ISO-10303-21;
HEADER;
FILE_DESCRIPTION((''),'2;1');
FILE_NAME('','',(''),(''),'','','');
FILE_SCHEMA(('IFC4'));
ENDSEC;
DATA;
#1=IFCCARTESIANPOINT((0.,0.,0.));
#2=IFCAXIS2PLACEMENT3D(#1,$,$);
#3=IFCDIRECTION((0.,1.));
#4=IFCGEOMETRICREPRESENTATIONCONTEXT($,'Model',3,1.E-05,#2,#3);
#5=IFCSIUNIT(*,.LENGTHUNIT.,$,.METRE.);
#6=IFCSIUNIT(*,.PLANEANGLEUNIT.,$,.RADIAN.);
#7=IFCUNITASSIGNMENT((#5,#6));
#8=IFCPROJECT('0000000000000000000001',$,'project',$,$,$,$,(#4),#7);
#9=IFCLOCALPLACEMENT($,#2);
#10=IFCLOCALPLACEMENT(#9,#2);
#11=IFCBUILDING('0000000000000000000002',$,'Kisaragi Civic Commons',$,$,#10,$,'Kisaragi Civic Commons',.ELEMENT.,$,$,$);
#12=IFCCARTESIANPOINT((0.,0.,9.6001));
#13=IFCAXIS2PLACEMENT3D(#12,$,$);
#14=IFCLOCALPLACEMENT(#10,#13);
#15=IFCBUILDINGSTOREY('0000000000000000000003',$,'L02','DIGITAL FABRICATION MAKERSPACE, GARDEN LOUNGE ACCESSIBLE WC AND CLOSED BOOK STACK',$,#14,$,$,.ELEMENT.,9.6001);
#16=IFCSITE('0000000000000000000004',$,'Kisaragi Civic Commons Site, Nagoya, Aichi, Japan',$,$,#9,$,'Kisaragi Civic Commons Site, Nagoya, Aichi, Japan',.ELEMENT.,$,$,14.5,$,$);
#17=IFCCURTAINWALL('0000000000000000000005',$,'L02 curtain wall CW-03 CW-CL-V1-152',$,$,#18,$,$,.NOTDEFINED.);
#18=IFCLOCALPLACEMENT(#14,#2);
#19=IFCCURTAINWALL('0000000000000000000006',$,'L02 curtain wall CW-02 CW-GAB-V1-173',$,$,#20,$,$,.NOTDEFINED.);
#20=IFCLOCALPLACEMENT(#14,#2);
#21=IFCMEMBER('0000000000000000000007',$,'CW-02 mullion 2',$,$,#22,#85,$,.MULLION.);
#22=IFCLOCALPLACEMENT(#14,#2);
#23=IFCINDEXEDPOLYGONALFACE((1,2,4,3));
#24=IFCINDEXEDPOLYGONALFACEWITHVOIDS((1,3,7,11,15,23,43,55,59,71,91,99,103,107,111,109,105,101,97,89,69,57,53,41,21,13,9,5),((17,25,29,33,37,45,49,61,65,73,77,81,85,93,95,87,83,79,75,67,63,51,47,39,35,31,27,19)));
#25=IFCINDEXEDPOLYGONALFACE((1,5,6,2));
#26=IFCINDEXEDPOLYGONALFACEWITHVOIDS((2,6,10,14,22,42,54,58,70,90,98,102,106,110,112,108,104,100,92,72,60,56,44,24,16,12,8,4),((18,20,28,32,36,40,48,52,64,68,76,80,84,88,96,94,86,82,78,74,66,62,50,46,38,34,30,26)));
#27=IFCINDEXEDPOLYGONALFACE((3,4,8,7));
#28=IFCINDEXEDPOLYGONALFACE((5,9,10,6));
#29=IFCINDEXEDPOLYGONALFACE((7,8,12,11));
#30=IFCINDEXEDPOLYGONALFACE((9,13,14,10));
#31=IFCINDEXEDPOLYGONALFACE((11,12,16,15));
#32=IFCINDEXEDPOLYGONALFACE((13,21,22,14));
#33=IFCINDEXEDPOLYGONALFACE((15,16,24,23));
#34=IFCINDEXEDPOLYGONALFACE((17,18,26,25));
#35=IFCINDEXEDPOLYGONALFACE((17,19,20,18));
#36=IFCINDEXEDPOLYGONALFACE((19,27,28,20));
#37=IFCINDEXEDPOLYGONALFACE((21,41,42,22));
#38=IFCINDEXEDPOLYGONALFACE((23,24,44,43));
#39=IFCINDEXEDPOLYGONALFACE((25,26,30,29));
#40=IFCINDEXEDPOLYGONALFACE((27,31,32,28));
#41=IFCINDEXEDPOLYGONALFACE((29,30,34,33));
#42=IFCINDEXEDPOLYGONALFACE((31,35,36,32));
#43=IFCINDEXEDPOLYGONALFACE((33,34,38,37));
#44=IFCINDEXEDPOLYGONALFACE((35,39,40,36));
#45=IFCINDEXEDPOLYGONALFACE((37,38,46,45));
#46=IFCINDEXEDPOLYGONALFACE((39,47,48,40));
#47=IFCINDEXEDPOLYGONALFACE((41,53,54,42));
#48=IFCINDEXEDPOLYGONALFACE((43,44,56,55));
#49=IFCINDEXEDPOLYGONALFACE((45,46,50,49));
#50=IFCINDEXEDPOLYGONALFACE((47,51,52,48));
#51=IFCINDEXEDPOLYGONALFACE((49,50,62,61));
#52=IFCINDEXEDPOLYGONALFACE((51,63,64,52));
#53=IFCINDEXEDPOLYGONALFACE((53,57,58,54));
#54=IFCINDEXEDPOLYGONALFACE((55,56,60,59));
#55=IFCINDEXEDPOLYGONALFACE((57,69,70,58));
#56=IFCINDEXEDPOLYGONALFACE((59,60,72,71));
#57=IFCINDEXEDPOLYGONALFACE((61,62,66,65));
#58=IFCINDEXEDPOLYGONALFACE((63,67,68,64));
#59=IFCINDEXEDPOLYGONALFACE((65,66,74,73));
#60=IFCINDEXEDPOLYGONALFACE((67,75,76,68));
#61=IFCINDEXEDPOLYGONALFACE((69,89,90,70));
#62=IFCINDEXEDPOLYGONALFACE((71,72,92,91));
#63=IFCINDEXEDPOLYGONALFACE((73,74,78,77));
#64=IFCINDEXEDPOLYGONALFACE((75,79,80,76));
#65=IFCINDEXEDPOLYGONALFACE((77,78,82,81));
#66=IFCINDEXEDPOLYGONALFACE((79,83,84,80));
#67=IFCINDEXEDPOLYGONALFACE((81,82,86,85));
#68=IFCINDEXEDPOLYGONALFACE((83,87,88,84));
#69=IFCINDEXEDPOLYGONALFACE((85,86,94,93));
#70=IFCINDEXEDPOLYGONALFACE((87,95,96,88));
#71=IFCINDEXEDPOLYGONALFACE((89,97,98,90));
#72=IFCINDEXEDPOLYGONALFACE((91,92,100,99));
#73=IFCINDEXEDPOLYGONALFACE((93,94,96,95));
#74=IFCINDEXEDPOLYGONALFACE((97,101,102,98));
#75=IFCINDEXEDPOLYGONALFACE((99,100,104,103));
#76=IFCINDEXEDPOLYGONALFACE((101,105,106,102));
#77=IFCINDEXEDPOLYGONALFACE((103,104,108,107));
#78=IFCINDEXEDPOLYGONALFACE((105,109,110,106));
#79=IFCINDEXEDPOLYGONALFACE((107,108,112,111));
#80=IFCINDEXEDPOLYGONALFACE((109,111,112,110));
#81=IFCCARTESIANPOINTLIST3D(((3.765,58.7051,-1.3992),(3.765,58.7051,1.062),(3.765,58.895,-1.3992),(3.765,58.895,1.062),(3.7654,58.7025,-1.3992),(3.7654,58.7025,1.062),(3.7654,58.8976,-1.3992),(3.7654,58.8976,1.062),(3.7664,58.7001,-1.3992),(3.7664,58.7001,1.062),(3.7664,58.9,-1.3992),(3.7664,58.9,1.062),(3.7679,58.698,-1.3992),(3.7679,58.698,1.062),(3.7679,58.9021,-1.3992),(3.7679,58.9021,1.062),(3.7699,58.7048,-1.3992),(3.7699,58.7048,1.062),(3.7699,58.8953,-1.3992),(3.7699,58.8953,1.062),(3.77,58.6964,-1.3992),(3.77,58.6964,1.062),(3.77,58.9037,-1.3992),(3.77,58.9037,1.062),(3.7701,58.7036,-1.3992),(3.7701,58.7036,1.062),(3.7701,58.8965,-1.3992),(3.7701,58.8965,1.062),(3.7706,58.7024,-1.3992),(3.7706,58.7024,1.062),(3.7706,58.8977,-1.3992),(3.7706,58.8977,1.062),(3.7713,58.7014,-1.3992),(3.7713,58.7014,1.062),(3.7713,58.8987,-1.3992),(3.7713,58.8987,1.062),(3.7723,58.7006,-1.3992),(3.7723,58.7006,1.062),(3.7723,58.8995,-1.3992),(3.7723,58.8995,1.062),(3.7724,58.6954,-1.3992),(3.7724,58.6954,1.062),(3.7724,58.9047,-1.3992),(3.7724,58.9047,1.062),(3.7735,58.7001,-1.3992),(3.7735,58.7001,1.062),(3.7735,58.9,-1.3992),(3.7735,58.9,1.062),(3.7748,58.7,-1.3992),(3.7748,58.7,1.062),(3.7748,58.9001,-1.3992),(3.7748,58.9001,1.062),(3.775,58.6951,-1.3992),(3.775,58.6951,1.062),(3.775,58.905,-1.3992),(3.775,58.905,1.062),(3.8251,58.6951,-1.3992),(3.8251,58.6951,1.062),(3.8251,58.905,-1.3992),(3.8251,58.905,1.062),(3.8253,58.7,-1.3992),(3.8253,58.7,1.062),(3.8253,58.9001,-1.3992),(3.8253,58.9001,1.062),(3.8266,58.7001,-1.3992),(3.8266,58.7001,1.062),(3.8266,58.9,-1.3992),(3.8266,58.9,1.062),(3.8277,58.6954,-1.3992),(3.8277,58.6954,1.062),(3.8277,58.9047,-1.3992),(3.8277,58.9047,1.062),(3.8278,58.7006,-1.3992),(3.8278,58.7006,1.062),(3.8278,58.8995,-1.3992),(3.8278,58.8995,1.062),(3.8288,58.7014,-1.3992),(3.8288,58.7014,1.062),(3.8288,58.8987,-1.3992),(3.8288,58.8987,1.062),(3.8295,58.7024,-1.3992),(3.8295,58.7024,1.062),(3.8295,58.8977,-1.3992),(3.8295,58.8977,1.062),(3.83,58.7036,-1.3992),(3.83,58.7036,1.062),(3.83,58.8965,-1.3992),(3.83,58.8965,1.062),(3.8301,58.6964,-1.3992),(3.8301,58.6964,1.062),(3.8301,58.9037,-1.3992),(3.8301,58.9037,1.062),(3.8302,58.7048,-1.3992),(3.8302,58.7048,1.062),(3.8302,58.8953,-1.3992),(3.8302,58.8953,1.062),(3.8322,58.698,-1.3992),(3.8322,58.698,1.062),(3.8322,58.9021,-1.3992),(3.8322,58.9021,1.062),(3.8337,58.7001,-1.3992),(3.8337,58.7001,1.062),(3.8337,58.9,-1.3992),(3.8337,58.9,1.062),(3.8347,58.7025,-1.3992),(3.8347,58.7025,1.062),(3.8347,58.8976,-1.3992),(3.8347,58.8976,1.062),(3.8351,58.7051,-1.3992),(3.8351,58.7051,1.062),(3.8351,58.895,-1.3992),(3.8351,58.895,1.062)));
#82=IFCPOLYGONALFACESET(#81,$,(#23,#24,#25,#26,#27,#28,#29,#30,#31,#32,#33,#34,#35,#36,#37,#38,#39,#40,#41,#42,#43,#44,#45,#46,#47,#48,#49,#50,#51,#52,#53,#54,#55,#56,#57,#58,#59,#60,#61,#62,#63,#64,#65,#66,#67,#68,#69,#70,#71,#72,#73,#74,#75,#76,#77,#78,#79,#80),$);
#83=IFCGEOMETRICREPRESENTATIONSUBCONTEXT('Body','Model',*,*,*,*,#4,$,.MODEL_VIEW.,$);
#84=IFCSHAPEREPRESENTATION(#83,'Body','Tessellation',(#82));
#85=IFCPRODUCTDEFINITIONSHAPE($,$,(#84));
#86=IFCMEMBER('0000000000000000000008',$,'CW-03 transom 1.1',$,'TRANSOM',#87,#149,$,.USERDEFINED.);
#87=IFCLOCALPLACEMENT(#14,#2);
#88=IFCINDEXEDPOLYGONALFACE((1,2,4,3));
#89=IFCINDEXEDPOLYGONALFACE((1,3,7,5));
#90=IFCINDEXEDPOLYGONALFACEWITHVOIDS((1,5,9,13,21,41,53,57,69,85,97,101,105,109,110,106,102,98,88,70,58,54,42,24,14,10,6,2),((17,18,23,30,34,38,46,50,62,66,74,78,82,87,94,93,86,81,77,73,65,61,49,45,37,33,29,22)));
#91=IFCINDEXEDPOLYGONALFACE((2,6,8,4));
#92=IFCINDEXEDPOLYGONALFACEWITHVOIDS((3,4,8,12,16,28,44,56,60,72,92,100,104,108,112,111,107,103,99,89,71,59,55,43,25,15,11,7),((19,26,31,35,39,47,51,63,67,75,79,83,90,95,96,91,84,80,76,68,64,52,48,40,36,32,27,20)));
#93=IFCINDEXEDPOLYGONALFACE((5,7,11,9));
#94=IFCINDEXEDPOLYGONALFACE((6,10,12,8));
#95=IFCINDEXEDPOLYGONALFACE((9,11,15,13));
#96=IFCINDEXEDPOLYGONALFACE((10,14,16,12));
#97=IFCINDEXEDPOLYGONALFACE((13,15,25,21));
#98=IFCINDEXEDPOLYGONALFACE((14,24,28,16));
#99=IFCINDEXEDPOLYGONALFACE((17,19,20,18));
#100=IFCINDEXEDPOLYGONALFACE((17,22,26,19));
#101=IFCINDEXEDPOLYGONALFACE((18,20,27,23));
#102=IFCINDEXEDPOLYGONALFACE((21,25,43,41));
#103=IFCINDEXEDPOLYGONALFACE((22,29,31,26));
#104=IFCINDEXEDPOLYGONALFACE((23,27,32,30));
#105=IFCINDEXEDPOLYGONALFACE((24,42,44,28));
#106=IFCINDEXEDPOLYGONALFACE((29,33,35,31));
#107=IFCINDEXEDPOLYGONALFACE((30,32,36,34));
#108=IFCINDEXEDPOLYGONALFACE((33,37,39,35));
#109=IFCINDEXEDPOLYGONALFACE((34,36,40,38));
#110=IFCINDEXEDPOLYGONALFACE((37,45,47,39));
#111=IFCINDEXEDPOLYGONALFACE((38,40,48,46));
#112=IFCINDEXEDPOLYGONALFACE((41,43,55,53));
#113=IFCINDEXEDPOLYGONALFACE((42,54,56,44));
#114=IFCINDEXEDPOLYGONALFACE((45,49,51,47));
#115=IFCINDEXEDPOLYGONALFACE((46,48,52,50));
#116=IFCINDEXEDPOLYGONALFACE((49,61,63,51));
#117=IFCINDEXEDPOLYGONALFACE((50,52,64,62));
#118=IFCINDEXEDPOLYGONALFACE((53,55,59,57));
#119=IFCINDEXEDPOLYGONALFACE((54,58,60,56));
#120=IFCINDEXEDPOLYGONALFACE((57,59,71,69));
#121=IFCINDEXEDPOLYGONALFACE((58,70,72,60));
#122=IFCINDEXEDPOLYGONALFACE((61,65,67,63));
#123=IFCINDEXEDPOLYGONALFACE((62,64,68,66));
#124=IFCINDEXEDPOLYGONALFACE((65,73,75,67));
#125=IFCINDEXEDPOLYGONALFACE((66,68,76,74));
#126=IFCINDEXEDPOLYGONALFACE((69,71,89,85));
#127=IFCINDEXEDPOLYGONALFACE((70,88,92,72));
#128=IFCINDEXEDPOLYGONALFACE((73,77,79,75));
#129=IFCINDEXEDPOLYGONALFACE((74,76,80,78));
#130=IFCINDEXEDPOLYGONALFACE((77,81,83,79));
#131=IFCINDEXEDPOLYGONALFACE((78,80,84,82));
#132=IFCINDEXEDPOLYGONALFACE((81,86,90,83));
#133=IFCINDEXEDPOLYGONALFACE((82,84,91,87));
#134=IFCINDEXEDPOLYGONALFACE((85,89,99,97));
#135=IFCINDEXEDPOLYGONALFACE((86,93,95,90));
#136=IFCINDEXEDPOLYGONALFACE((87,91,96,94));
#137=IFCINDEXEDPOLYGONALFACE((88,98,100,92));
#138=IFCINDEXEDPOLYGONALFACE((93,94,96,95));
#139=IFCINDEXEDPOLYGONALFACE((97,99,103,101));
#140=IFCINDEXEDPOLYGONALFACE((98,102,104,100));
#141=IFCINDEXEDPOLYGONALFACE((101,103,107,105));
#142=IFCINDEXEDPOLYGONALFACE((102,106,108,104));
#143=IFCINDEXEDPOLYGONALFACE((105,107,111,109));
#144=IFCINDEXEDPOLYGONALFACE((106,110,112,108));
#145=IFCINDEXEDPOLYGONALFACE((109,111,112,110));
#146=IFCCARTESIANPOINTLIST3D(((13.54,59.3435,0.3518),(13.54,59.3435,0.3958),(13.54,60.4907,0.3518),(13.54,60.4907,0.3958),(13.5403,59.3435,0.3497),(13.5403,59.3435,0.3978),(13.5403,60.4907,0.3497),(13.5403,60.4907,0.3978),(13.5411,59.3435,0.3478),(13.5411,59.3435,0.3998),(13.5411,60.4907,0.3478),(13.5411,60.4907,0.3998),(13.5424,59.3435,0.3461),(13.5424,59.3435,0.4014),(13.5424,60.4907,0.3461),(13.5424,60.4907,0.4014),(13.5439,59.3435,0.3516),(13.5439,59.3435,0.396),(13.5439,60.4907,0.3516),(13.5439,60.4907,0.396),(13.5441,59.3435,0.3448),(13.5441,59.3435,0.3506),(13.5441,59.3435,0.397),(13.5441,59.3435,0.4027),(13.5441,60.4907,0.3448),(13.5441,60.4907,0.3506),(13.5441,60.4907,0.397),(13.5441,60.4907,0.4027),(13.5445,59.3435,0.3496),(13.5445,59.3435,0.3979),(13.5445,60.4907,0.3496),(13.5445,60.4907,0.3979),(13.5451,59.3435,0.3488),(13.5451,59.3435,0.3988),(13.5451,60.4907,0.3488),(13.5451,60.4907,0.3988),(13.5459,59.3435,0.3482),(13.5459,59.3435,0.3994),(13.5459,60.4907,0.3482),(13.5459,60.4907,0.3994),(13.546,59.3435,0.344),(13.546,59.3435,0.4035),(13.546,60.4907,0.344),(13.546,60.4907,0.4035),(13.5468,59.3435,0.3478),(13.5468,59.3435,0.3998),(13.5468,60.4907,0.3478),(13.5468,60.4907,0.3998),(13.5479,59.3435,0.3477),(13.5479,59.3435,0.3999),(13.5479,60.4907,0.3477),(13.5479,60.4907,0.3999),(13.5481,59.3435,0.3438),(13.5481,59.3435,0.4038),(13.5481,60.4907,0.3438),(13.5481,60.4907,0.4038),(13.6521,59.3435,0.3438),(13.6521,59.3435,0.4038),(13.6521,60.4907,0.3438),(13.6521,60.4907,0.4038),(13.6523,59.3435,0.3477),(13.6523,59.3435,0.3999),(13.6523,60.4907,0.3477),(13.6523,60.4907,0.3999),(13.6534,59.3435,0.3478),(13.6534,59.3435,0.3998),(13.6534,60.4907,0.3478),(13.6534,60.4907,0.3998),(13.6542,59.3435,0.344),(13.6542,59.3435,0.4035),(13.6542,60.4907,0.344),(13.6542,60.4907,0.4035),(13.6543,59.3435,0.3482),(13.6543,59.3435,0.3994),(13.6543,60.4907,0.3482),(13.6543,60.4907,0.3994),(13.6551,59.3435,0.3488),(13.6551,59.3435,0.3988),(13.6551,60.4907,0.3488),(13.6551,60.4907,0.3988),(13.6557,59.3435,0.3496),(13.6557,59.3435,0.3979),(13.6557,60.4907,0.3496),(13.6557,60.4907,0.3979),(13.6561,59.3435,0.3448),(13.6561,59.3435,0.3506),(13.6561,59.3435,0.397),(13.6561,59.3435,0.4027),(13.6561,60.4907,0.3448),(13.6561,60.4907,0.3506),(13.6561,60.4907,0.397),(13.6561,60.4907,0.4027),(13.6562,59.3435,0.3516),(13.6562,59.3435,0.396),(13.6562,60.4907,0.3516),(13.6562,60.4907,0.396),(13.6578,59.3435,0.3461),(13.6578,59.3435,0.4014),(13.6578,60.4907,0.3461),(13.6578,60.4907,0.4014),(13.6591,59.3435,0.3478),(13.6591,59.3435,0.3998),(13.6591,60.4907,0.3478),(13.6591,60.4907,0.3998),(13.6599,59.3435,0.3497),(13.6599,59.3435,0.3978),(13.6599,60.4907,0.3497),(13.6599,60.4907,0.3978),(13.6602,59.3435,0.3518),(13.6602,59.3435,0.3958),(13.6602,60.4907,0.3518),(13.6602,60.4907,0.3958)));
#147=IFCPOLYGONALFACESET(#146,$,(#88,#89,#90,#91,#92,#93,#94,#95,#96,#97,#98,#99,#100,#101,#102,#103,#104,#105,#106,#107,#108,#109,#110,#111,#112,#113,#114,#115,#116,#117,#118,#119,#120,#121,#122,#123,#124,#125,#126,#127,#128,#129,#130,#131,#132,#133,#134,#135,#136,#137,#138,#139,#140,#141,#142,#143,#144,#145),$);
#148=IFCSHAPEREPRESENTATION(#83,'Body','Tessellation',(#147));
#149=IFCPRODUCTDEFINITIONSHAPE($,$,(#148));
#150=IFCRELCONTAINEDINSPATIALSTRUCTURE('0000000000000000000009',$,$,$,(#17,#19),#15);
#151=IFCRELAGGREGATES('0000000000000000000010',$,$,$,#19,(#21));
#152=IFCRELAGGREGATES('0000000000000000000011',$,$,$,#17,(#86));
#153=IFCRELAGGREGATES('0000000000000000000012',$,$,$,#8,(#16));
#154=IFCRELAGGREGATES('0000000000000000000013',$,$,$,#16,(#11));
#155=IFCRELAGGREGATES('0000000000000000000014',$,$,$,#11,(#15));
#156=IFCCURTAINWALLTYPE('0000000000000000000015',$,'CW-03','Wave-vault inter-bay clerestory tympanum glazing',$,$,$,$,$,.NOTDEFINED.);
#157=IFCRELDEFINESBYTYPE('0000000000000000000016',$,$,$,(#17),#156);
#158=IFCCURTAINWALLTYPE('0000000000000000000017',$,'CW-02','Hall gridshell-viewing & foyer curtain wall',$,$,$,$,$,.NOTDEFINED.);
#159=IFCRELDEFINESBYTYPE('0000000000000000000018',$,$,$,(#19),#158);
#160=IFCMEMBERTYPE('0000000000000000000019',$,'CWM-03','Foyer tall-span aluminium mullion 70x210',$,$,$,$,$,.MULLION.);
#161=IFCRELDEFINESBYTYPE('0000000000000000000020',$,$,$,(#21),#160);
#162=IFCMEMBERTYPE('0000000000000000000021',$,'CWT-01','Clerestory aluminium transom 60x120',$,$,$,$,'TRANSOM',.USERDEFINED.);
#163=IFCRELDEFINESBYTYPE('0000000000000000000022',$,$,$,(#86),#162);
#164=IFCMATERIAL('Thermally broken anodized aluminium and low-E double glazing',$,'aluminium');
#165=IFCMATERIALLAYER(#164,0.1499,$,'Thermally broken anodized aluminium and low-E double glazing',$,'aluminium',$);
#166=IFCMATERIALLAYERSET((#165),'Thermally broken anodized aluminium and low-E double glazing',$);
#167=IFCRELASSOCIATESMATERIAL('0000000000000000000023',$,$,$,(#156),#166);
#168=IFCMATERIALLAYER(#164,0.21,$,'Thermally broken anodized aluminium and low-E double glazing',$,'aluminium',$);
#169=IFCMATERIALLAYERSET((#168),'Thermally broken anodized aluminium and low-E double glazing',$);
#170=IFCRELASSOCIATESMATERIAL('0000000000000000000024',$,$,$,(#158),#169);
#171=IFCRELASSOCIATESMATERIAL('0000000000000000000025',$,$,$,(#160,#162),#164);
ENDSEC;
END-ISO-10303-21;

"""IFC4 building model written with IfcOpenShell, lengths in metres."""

from ifc_helpers import new_model, si_unit, direction, frame, origin, origin_2d, place, context, subcontext, project, spatial, hollow_rectangle, extrude, material, layer, layer_set, material_profile, profile_set, type_object, element, aggregate, save


model = new_model("IFC4")

# Units and contexts
model_context = context("Model", 3, precision=1e-05, world=origin(), true_north=direction((0.0, 1.0)))
body_context = subcontext(model_context, "Body", "Model", "MODEL_VIEW")
ifc_project = project(units=[si_unit("LENGTHUNIT", "METRE"), si_unit("PLANEANGLEUNIT", "RADIAN")], contexts=[model_context])

# Site, building, storey
site_placement = place(None, origin())
site = spatial("IfcSite", under=ifc_project, at=site_placement, Name="Kisaragi Civic Commons Site, Nagoya, Aichi, Japan", LongName="Kisaragi Civic Commons Site, Nagoya, Aichi, Japan", CompositionType="ELEMENT", RefElevation=14.5)
building_placement = place(site_placement, origin())
building = spatial("IfcBuilding", under=site, at=building_placement, Name="Kisaragi Civic Commons", LongName="Kisaragi Civic Commons", CompositionType="ELEMENT")
storey_placement = place(building_placement, frame((0.0, 0.0, 9.6001)))
storey = spatial("IfcBuildingStorey", under=building, at=storey_placement, Name="L02", Description="DIGITAL FABRICATION MAKERSPACE, GARDEN LOUNGE ACCESSIBLE WC AND CLOSED BOOK STACK", CompositionType="ELEMENT", Elevation=9.6001)

# Curtain walls, member
ifc_material_1 = material(Name="Thermally broken anodized aluminium and low-E double glazing", Category="aluminium")
ifc_layer_1 = layer(ifc_material_1, 0.1499, Name="Thermally broken anodized aluminium and low-E double glazing", Category="aluminium")
ifc_layer_set_1 = layer_set([ifc_layer_1], Name="Thermally broken anodized aluminium and low-E double glazing")
curtain_wall_type_1 = type_object("IfcCurtainWallType", Name="CW-03", Description="Wave-vault inter-bay clerestory tympanum glazing", PredefinedType="NOTDEFINED", material=ifc_layer_set_1)
curtain_wall_1_placement = place(storey_placement, origin())
curtain_wall_1 = element("IfcCurtainWall", 1, at=curtain_wall_1_placement, inside=storey, type_object=curtain_wall_type_1, Name="L02 curtain wall CW-03 CW-CL-V1-152", PredefinedType="NOTDEFINED")
ifc_layer_2 = layer(ifc_material_1, 0.21, Name="Thermally broken anodized aluminium and low-E double glazing", Category="aluminium")
ifc_layer_set_2 = layer_set([ifc_layer_2], Name="Thermally broken anodized aluminium and low-E double glazing")
curtain_wall_type_2 = type_object("IfcCurtainWallType", Name="CW-02", Description="Hall gridshell-viewing & foyer curtain wall", PredefinedType="NOTDEFINED", material=ifc_layer_set_2)
curtain_wall_2_placement = place(storey_placement, origin())
curtain_wall_2 = element("IfcCurtainWall", 2, at=curtain_wall_2_placement, inside=storey, type_object=curtain_wall_type_2, Name="L02 curtain wall CW-02 CW-GAB-V1-173", PredefinedType="NOTDEFINED")
ifc_material_profile_1 = material_profile(ifc_material_1, hollow_rectangle(XDim=0.0701, YDim=0.21, WallThickness=0.0049, InnerFilletRadius=0.0049, OuterFilletRadius=0.01, at=origin_2d()), Name="CWM-70x210x5", Category="aluminium")
ifc_profile_set_1 = profile_set([ifc_material_profile_1], Name="Thermally broken anodized aluminium and low-E double glazing")
member_type_1 = type_object("IfcMemberType", Name="CWM-03", Description="Foyer tall-span aluminium mullion 70x210", PredefinedType="MULLION", material=ifc_profile_set_1)
member_1_placement = place(storey_placement, frame((3.8, 58.8, -1.3992), z_axis=(0.0, 0.0, 1.0), x_axis=(-1.0, 0.0, 0.0)))
member_1 = element("IfcMember", 3, at=member_1_placement, type_object=member_type_1, Name="CW-02 mullion 2", PredefinedType="MULLION", context=body_context, shape_type="SweptSolid", body=[
    extrude(hollow_rectangle(XDim=0.0701, YDim=0.21, WallThickness=0.0049, InnerFilletRadius=0.0049, OuterFilletRadius=0.01, at=origin_2d()), origin(), (0.0, 0.0, 1.0), 2.4612),
])

# Member
ifc_material_profile_2 = material_profile(ifc_material_1, hollow_rectangle(XDim=0.1201, YDim=0.0601, WallThickness=0.0039, InnerFilletRadius=0.0039, OuterFilletRadius=0.0081, at=origin_2d()), Name="CWT-60x120x4", Category="aluminium")
ifc_profile_set_2 = profile_set([ifc_material_profile_2], Name="Thermally broken anodized aluminium and low-E double glazing")
member_type_2 = type_object("IfcMemberType", Name="CWT-01", Description="Clerestory aluminium transom 60x120", ElementType="TRANSOM", PredefinedType="USERDEFINED", material=ifc_profile_set_2)
member_2_placement = place(storey_placement, frame((13.6001, 59.3435, 0.3738), z_axis=(0.0, 1.0, 0.0), x_axis=(-1.0, 0.0, 0.0)))
member_2 = element("IfcMember", 4, at=member_2_placement, type_object=member_type_2, Name="CW-03 transom 1.1", ObjectType="TRANSOM", PredefinedType="USERDEFINED", context=body_context, shape_type="SweptSolid", body=[
    extrude(hollow_rectangle(XDim=0.1201, YDim=0.0601, WallThickness=0.0039, InnerFilletRadius=0.0039, OuterFilletRadius=0.0081, at=origin_2d()), origin(), (0.0, 0.0, 1.0), 1.1472),
])

aggregate(curtain_wall_2, [member_1])
aggregate(curtain_wall_1, [member_2])

save(model, "model.ifc")
